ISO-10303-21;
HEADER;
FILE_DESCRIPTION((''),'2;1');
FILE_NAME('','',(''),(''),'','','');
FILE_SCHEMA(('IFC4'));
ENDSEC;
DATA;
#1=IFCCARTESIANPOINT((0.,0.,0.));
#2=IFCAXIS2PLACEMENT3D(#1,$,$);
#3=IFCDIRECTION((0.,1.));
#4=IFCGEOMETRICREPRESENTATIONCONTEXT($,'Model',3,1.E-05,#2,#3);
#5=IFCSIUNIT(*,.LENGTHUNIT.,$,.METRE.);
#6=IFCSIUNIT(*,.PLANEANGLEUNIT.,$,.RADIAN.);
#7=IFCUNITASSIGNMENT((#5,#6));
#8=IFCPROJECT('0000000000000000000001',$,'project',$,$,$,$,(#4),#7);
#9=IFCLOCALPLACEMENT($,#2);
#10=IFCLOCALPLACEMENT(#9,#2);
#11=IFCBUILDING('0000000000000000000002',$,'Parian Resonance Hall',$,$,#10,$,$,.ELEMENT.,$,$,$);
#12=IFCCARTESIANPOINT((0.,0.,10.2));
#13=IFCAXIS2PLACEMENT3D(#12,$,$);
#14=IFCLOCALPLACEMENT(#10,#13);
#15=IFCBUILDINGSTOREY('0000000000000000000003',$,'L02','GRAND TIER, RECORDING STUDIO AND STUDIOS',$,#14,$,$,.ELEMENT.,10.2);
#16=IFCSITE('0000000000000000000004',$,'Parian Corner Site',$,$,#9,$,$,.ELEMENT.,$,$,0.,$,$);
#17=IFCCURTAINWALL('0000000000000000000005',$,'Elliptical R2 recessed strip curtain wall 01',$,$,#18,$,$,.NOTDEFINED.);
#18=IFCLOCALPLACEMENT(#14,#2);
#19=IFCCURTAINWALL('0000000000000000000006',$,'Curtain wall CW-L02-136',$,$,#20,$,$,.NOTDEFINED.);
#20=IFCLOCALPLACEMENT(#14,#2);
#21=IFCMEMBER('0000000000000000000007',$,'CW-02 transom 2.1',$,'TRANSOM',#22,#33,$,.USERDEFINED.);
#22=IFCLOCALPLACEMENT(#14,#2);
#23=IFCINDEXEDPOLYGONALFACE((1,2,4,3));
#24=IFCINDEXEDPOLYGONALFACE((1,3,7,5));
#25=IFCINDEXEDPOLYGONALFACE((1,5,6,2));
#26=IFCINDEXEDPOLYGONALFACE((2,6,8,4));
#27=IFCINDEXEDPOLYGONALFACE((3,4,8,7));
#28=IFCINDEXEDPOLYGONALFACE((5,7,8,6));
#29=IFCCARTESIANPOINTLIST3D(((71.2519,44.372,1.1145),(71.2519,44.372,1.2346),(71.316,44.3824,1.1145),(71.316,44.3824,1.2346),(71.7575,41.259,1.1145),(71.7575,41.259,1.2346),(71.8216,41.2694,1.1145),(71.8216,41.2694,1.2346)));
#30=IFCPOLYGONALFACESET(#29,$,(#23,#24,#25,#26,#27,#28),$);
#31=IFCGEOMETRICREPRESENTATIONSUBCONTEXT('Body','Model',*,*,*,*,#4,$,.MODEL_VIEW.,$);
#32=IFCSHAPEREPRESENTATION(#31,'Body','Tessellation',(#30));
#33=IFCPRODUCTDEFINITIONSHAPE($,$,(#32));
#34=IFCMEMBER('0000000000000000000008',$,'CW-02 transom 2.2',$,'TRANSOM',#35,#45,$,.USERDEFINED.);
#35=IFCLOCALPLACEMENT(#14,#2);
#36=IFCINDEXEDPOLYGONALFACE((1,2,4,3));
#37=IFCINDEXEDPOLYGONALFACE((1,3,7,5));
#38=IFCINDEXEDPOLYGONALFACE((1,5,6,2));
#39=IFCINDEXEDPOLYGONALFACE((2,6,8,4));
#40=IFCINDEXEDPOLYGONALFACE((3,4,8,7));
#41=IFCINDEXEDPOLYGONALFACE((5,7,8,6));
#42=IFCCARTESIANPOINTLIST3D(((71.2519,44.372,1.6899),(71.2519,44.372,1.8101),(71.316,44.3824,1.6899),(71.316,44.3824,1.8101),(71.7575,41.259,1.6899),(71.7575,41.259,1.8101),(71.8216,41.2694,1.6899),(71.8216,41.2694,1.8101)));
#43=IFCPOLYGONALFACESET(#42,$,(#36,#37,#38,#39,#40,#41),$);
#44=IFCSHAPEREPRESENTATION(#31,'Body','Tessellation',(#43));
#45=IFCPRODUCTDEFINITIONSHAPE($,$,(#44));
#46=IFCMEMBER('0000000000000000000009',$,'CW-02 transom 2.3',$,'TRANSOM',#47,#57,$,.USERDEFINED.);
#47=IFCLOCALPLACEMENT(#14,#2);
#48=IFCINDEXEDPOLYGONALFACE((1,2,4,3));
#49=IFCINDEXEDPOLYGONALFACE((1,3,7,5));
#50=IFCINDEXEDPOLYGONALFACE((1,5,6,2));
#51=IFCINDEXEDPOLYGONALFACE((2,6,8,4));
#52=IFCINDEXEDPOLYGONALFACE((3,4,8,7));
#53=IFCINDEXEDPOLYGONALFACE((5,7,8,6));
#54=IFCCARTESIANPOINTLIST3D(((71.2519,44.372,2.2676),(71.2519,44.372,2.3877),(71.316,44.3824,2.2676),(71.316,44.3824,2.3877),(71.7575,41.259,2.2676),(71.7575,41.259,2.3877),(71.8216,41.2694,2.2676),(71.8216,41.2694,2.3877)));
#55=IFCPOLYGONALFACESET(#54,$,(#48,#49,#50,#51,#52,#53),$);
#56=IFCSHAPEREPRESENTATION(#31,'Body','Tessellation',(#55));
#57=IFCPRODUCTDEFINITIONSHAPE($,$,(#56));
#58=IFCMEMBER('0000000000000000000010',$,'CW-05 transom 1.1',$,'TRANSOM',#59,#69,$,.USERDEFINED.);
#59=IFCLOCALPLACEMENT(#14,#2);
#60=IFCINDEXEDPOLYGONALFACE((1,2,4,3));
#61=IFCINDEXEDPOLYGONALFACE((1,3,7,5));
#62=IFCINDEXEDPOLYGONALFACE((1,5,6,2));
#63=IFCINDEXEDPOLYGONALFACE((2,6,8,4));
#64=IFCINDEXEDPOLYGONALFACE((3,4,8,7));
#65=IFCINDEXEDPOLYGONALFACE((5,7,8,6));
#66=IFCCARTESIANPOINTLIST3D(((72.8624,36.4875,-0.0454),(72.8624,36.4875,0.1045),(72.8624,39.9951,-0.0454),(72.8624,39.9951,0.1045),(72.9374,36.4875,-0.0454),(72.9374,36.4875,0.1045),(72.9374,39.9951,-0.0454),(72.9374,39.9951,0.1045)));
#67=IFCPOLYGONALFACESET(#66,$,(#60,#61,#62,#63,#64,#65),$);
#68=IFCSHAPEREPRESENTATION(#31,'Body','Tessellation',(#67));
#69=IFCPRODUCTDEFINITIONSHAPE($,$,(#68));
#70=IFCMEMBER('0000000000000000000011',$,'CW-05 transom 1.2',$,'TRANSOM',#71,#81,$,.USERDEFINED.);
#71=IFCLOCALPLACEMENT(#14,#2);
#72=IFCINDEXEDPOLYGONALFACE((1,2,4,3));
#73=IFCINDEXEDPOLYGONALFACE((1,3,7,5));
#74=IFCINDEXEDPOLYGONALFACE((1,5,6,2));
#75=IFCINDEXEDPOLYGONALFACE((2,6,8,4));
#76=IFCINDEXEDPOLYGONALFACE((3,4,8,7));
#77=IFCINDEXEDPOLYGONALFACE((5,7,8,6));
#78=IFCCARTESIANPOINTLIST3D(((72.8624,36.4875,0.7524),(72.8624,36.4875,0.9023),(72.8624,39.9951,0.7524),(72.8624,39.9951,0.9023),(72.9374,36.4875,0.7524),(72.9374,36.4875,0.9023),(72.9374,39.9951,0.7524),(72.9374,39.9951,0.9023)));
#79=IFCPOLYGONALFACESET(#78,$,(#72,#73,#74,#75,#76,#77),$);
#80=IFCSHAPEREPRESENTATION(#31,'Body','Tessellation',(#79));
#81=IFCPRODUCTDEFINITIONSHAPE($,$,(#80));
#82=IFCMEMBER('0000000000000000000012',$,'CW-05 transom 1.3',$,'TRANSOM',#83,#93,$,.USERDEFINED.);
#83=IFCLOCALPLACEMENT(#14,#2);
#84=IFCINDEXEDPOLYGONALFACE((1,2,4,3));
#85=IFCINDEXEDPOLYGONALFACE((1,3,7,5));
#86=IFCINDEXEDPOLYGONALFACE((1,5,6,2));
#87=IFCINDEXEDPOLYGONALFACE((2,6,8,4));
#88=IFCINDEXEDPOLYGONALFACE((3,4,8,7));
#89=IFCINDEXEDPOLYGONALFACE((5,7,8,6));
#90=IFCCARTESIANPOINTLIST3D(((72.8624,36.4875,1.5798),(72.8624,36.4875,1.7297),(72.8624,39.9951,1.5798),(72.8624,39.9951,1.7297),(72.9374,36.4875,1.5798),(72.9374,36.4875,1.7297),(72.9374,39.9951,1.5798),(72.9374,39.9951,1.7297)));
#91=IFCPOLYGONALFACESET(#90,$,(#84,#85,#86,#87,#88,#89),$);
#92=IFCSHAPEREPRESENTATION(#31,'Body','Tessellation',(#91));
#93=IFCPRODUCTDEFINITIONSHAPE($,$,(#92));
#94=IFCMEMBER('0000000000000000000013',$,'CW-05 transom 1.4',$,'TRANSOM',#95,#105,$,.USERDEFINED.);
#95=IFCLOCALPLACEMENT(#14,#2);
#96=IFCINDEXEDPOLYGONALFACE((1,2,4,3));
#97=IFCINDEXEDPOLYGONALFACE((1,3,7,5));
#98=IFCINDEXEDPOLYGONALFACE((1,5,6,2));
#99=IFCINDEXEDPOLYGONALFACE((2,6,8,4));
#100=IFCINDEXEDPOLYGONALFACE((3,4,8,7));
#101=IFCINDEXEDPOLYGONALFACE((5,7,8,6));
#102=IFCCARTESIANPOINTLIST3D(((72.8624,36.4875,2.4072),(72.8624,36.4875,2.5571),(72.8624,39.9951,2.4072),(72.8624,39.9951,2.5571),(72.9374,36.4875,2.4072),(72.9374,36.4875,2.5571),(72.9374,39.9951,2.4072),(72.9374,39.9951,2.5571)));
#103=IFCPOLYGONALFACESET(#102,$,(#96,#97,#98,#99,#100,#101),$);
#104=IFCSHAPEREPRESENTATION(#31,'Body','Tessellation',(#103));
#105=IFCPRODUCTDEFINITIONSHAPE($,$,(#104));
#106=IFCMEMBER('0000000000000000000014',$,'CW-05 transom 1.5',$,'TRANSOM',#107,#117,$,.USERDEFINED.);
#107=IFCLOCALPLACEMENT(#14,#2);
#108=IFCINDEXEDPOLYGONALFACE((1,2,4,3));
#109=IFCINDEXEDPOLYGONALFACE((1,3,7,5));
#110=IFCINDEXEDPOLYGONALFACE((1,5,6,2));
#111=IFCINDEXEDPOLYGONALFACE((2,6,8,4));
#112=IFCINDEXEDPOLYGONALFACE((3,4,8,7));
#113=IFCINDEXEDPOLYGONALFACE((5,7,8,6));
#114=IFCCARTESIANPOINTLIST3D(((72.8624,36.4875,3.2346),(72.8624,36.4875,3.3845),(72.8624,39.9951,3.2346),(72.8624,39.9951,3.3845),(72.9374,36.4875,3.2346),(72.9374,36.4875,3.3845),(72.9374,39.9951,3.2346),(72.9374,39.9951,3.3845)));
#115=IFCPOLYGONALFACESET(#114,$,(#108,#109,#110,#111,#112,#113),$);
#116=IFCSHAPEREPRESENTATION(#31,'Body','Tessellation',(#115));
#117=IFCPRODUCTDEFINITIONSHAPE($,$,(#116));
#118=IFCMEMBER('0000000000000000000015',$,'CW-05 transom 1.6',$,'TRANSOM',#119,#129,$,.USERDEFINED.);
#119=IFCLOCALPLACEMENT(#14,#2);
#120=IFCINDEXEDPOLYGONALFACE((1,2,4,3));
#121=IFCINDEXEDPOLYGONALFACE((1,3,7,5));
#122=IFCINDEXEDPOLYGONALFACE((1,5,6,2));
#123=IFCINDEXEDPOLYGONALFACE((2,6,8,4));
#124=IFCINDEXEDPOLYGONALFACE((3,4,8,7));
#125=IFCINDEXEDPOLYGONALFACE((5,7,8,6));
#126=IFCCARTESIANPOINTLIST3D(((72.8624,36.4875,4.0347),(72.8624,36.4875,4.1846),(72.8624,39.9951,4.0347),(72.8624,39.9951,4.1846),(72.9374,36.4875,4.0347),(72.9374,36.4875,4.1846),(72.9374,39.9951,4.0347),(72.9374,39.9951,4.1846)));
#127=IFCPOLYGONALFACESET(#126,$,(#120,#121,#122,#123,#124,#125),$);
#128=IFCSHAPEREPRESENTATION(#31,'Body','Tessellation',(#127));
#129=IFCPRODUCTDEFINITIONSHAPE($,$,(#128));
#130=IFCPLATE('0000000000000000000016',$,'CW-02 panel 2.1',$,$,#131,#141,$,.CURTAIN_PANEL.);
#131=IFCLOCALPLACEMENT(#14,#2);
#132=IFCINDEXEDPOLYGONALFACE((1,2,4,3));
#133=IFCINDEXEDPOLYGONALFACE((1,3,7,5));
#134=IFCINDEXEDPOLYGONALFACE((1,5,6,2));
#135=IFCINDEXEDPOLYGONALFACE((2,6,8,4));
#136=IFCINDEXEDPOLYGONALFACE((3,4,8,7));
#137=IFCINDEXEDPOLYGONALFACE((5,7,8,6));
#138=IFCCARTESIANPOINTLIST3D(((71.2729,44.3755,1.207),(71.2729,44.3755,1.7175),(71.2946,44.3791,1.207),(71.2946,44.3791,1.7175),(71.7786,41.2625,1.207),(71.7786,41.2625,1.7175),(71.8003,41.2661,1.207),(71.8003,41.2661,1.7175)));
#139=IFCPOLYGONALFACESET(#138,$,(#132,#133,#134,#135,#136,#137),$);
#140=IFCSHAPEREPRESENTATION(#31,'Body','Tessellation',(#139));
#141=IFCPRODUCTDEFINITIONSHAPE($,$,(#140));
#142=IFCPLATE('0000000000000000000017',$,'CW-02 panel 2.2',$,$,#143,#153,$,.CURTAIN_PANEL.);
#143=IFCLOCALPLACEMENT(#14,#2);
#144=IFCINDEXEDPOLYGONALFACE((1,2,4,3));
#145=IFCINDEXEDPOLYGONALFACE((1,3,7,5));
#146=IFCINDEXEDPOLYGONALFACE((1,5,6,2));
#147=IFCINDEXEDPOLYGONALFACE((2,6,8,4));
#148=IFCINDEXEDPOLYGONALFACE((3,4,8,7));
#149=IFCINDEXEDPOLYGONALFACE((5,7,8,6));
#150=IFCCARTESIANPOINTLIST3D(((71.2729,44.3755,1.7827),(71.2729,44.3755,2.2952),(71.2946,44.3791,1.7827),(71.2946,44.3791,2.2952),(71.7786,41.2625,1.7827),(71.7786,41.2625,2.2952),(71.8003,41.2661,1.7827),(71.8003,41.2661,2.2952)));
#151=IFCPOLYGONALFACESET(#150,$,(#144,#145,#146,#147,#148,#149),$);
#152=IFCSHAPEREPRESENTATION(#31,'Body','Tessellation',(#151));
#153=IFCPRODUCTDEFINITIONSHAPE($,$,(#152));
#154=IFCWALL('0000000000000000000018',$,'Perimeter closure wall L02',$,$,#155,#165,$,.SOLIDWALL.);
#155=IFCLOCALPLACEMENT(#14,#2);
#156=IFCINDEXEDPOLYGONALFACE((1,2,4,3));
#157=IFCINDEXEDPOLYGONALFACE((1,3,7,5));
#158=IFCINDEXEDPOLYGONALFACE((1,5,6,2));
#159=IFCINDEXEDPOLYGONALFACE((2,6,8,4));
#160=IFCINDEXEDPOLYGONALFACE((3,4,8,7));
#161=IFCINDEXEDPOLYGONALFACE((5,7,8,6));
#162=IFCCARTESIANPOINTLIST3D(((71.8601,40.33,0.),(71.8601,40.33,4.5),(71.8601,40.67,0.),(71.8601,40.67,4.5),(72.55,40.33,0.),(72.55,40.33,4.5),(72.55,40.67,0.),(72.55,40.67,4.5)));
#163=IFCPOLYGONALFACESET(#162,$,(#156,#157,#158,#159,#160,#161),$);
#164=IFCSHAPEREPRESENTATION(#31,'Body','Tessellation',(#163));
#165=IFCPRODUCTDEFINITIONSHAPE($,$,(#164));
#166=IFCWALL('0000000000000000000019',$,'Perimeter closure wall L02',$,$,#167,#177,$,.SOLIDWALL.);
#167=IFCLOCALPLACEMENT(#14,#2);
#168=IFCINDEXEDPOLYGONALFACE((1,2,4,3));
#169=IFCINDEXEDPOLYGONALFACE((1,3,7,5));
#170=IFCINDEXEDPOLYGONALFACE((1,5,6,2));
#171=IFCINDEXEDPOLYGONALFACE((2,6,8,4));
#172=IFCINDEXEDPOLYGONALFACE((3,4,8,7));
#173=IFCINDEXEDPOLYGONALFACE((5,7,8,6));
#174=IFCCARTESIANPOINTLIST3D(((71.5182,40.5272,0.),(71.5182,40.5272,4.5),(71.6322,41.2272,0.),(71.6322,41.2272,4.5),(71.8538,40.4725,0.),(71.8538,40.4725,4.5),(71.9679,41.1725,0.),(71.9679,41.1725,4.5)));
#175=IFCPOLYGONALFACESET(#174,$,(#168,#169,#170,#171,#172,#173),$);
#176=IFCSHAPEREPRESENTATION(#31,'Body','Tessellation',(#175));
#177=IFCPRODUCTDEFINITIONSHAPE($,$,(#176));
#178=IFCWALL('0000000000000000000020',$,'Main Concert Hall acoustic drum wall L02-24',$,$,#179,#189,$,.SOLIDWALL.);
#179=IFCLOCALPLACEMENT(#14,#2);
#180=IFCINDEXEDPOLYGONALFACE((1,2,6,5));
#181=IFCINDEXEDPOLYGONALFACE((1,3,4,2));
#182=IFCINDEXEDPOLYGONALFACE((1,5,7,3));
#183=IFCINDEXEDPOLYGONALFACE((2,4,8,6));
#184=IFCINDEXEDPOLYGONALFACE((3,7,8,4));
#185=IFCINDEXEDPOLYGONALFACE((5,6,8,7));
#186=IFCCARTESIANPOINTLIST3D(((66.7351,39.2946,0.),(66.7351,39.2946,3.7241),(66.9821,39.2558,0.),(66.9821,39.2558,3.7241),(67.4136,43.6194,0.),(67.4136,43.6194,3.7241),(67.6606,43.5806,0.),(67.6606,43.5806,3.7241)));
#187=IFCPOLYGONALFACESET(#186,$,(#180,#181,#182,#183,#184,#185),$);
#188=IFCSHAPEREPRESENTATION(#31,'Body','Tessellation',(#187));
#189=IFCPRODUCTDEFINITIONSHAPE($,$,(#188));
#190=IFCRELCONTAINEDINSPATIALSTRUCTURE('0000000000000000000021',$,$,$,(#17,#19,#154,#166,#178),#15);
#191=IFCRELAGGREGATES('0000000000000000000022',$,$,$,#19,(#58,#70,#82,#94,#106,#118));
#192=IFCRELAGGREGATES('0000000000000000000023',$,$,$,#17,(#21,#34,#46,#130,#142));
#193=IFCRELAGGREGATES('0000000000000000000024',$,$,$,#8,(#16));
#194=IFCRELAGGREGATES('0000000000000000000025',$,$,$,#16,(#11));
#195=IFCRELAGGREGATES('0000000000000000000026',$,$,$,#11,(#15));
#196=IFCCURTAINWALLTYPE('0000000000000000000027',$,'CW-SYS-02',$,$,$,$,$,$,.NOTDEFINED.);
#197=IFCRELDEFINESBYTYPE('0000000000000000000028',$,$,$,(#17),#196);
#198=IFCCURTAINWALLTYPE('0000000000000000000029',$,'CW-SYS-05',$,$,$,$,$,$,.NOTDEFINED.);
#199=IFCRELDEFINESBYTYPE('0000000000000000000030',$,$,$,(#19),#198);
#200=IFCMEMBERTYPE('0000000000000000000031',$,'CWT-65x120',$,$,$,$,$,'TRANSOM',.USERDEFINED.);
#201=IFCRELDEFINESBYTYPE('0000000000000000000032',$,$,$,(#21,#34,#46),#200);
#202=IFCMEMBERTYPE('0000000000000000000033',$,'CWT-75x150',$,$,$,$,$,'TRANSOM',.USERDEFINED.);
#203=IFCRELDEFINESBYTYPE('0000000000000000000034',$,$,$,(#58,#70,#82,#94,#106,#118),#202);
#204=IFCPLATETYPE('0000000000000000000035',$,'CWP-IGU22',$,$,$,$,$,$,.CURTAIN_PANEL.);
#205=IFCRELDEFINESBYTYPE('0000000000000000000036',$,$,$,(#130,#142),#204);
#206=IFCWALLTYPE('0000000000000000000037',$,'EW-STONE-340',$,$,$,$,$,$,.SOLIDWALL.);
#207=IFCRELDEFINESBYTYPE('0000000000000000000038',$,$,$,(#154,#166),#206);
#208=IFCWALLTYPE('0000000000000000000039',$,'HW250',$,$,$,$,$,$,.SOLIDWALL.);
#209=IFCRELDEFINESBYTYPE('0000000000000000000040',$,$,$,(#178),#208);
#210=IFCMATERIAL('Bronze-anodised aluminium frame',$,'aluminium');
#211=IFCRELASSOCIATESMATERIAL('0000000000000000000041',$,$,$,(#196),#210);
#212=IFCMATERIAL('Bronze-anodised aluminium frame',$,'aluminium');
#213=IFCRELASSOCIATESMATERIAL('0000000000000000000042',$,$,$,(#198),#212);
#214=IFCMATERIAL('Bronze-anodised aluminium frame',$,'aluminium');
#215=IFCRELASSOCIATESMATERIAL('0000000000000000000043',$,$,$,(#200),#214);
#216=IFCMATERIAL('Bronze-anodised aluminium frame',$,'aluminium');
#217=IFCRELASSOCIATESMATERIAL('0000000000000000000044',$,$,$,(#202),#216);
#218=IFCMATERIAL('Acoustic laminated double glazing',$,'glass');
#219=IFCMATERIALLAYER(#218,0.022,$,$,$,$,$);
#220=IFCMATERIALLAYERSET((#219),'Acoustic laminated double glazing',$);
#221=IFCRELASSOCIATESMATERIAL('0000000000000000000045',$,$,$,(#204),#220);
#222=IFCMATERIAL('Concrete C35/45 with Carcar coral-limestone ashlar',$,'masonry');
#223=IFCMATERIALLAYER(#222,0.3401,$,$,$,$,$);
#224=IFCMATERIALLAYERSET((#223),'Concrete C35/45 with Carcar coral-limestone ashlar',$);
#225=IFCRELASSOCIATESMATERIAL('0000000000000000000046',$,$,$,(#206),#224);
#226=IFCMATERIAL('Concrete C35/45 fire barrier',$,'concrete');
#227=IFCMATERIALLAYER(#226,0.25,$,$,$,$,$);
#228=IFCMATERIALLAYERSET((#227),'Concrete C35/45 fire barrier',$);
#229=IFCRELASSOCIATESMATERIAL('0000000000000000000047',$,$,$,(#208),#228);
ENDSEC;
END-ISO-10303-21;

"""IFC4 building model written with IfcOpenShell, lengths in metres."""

from ifc_helpers import new_model, si_unit, direction, frame, frame_2d, origin, origin_2d, place, context, subcontext, project, spatial, rectangle, extrude, material, layer, layer_set, material_profile, profile_set, type_object, element, aggregate, save


model = new_model("IFC4")

# Units and contexts
model_context = context("Model", 3, precision=1e-05, world=origin(), true_north=direction((0.0, 1.0)))
body_context = subcontext(model_context, "Body", "Model", "MODEL_VIEW")
ifc_project = project(units=[si_unit("LENGTHUNIT", "METRE"), si_unit("PLANEANGLEUNIT", "RADIAN")], contexts=[model_context])

# Site, building, storey
site_placement = place(None, origin())
site = spatial("IfcSite", under=ifc_project, at=site_placement, Name="Parian Corner Site", CompositionType="ELEMENT", RefElevation=0.0)
building_placement = place(site_placement, origin())
building = spatial("IfcBuilding", under=site, at=building_placement, Name="Parian Resonance Hall", CompositionType="ELEMENT")
storey_placement = place(building_placement, frame((0.0, 0.0, 10.2)))
storey = spatial("IfcBuildingStorey", under=building, at=storey_placement, Name="L02", Description="GRAND TIER, RECORDING STUDIO AND STUDIOS", CompositionType="ELEMENT", Elevation=10.2)

# Curtain wall
ifc_material_1 = material(Name="Bronze-anodised aluminium frame", Category="aluminium")
curtain_wall_type_1 = type_object("IfcCurtainWallType", Name="CW-SYS-02", PredefinedType="NOTDEFINED", material=ifc_material_1)
curtain_wall_1_placement = place(storey_placement, origin())
curtain_wall_1 = element("IfcCurtainWall", 1, at=curtain_wall_1_placement, inside=storey, type_object=curtain_wall_type_1, Name="Elliptical R2 recessed strip curtain wall 01", PredefinedType="NOTDEFINED")

# Curtain wall
ifc_material_2 = material(Name="Bronze-anodised aluminium frame", Category="aluminium")
curtain_wall_type_2 = type_object("IfcCurtainWallType", Name="CW-SYS-05", PredefinedType="NOTDEFINED", material=ifc_material_2)
curtain_wall_2_placement = place(storey_placement, origin())
curtain_wall_2 = element("IfcCurtainWall", 2, at=curtain_wall_2_placement, inside=storey, type_object=curtain_wall_type_2, Name="Curtain wall CW-L02-136", PredefinedType="NOTDEFINED")

# Members
ifc_material_3 = material(Name="Bronze-anodised aluminium frame", Category="aluminium")
ifc_material_profile_1 = material_profile(ifc_material_3, rectangle(XDim=0.0649, YDim=0.1201, at=origin_2d()), Name="CWT-65x120")
ifc_profile_set_1 = profile_set([ifc_material_profile_1], Name="Bronze-anodised aluminium frame")
member_type_1 = type_object("IfcMemberType", Name="CWT-65x120", ElementType="TRANSOM", PredefinedType="USERDEFINED", material=ifc_profile_set_1)
member_1_placement = place(storey_placement, frame((71.2839, 44.3772, 1.1746), z_axis=(0.160318, -0.987065, 0.0), x_axis=(0.987065, 0.160318, 0.0)))
member_1 = element("IfcMember", 3, at=member_1_placement, type_object=member_type_1, Name="CW-02 transom 2.1", ObjectType="TRANSOM", PredefinedType="USERDEFINED", context=body_context, shape_type="SweptSolid", body=[
    extrude(rectangle(XDim=0.0649, YDim=0.1201, at=origin_2d()), origin(), (0.0, 0.0, 1.0), 3.1538),
])
member_2_placement = place(storey_placement, frame((71.2839, 44.3772, 1.75), z_axis=(0.160318, -0.987065, 0.0), x_axis=(0.987065, 0.160318, 0.0)))
member_2 = element("IfcMember", 4, at=member_2_placement, type_object=member_type_1, Name="CW-02 transom 2.2", ObjectType="TRANSOM", PredefinedType="USERDEFINED", context=body_context, shape_type="SweptSolid", body=[
    extrude(rectangle(XDim=0.0649, YDim=0.1201, at=origin_2d()), origin(), (0.0, 0.0, 1.0), 3.1538),
])
member_3_placement = place(storey_placement, frame((71.2839, 44.3772, 2.3276), z_axis=(0.160318, -0.987065, 0.0), x_axis=(0.987065, 0.160318, 0.0)))
member_3 = element("IfcMember", 5, at=member_3_placement, type_object=member_type_1, Name="CW-02 transom 2.3", ObjectType="TRANSOM", PredefinedType="USERDEFINED", context=body_context, shape_type="SweptSolid", body=[
    extrude(rectangle(XDim=0.0649, YDim=0.1201, at=origin_2d()), origin(), (0.0, 0.0, 1.0), 3.1538),
])
ifc_material_4 = material(Name="Bronze-anodised aluminium frame", Category="aluminium")
ifc_material_profile_2 = material_profile(ifc_material_4, rectangle(XDim=0.075, YDim=0.1499, at=origin_2d()), Name="CWT-75x150")
ifc_profile_set_2 = profile_set([ifc_material_profile_2], Name="Bronze-anodised aluminium frame")
member_type_2 = type_object("IfcMemberType", Name="CWT-75x150", ElementType="TRANSOM", PredefinedType="USERDEFINED", material=ifc_profile_set_2)
member_4_placement = place(storey_placement, frame((72.8999, 39.9951, 0.0295), z_axis=(0.0, -1.0, 0.0), x_axis=(1.0, 0.0, 0.0)))
member_4 = element("IfcMember", 6, at=member_4_placement, type_object=member_type_2, Name="CW-05 transom 1.1", ObjectType="TRANSOM", PredefinedType="USERDEFINED", context=body_context, shape_type="SweptSolid", body=[
    extrude(rectangle(XDim=0.075, YDim=0.1499, at=origin_2d()), origin(), (0.0, 0.0, 1.0), 3.5076),
])
member_5_placement = place(storey_placement, frame((72.8999, 39.9951, 0.8274), z_axis=(0.0, -1.0, 0.0), x_axis=(1.0, 0.0, 0.0)))
member_5 = element("IfcMember", 7, at=member_5_placement, type_object=member_type_2, Name="CW-05 transom 1.2", ObjectType="TRANSOM", PredefinedType="USERDEFINED", context=body_context, shape_type="SweptSolid", body=[
    extrude(rectangle(XDim=0.075, YDim=0.1499, at=origin_2d()), origin(), (0.0, 0.0, 1.0), 3.5076),
])
member_6_placement = place(storey_placement, frame((72.8999, 39.9951, 1.6548), z_axis=(0.0, -1.0, 0.0), x_axis=(1.0, 0.0, 0.0)))
member_6 = element("IfcMember", 8, at=member_6_placement, type_object=member_type_2, Name="CW-05 transom 1.3", ObjectType="TRANSOM", PredefinedType="USERDEFINED", context=body_context, shape_type="SweptSolid", body=[
    extrude(rectangle(XDim=0.075, YDim=0.1499, at=origin_2d()), origin(), (0.0, 0.0, 1.0), 3.5076),
])
member_7_placement = place(storey_placement, frame((72.8999, 39.9951, 2.4822), z_axis=(0.0, -1.0, 0.0), x_axis=(1.0, 0.0, 0.0)))
member_7 = element("IfcMember", 9, at=member_7_placement, type_object=member_type_2, Name="CW-05 transom 1.4", ObjectType="TRANSOM", PredefinedType="USERDEFINED", context=body_context, shape_type="SweptSolid", body=[
    extrude(rectangle(XDim=0.075, YDim=0.1499, at=origin_2d()), origin(), (0.0, 0.0, 1.0), 3.5076),
])
member_8_placement = place(storey_placement, frame((72.8999, 39.9951, 3.3096), z_axis=(0.0, -1.0, 0.0), x_axis=(1.0, 0.0, 0.0)))
member_8 = element("IfcMember", 10, at=member_8_placement, type_object=member_type_2, Name="CW-05 transom 1.5", ObjectType="TRANSOM", PredefinedType="USERDEFINED", context=body_context, shape_type="SweptSolid", body=[
    extrude(rectangle(XDim=0.075, YDim=0.1499, at=origin_2d()), origin(), (0.0, 0.0, 1.0), 3.5076),
])
member_9_placement = place(storey_placement, frame((72.8999, 39.9951, 4.1096), z_axis=(0.0, -1.0, 0.0), x_axis=(1.0, 0.0, 0.0)))
member_9 = element("IfcMember", 11, at=member_9_placement, type_object=member_type_2, Name="CW-05 transom 1.6", ObjectType="TRANSOM", PredefinedType="USERDEFINED", context=body_context, shape_type="SweptSolid", body=[
    extrude(rectangle(XDim=0.075, YDim=0.1499, at=origin_2d()), origin(), (0.0, 0.0, 1.0), 3.5076),
])
aggregate(curtain_wall_2, [member_4, member_5, member_6, member_7, member_8, member_9])

# Plates
ifc_material_5 = material(Name="Acoustic laminated double glazing", Category="glass")
ifc_layer_1 = layer(ifc_material_5, 0.022)
ifc_layer_set_1 = layer_set([ifc_layer_1], Name="Acoustic laminated double glazing")
plate_type = type_object("IfcPlateType", Name="CWP-IGU22", PredefinedType="CURTAIN_PANEL", material=ifc_layer_set_1)
plate_1_placement = place(storey_placement, frame((71.5366, 42.8208, 1.207), z_axis=(0.0, 0.0, 1.0), x_axis=(0.160345, -0.987061, 0.0)))
plate_1 = element("IfcPlate", 12, at=plate_1_placement, type_object=plate_type, Name="CW-02 panel 2.1", PredefinedType="CURTAIN_PANEL", context=body_context, shape_type="SweptSolid", body=[
    extrude(rectangle(XDim=3.1538, YDim=0.022, at=origin_2d()), origin(), (0.0, 0.0, 1.0), 0.5105),
])
plate_2_placement = place(storey_placement, frame((71.5366, 42.8208, 1.7827), z_axis=(0.0, 0.0, 1.0), x_axis=(0.160345, -0.987061, 0.0)))
plate_2 = element("IfcPlate", 13, at=plate_2_placement, type_object=plate_type, Name="CW-02 panel 2.2", PredefinedType="CURTAIN_PANEL", context=body_context, shape_type="SweptSolid", body=[
    extrude(rectangle(XDim=3.1538, YDim=0.022, at=origin_2d()), origin(), (0.0, 0.0, 1.0), 0.5125),
])
aggregate(curtain_wall_1, [member_1, member_2, member_3, plate_1, plate_2])

# Walls
ifc_material_6 = material(Name="Concrete C35/45 with Carcar coral-limestone ashlar", Category="masonry")
ifc_layer_2 = layer(ifc_material_6, 0.3401)
ifc_layer_set_2 = layer_set([ifc_layer_2], Name="Concrete C35/45 with Carcar coral-limestone ashlar")
wall_type_1 = type_object("IfcWallType", Name="EW-STONE-340", PredefinedType="SOLIDWALL", material=ifc_layer_set_2)
wall_1_placement = place(storey_placement, frame((72.55, 40.5, 0.0), z_axis=(0.0, 0.0, 1.0), x_axis=(-1.0, 0.0, 0.0)))
element("IfcWall", 14, at=wall_1_placement, inside=storey, type_object=wall_type_1, Name="Perimeter closure wall L02", PredefinedType="SOLIDWALL", context=body_context, shape_type="SweptSolid", body=[
    extrude(rectangle(XDim=0.6899, YDim=0.3401, at=frame_2d((0.345, 0.0))), origin(), (0.0, 0.0, 1.0), 4.5),
])
wall_2_placement = place(storey_placement, frame((71.686, 40.5, 0.0), z_axis=(0.0, 0.0, 1.0), x_axis=(0.160769, 0.986992, 0.0)))
element("IfcWall", 15, at=wall_2_placement, inside=storey, type_object=wall_type_1, Name="Perimeter closure wall L02", PredefinedType="SOLIDWALL", context=body_context, shape_type="SweptSolid", body=[
    extrude(rectangle(XDim=0.7092, YDim=0.3401, at=frame_2d((0.3545, 0.0))), origin(), (0.0, 0.0, 1.0), 4.5),
])
ifc_material_7 = material(Name="Concrete C35/45 fire barrier", Category="concrete")
ifc_layer_3 = layer(ifc_material_7, 0.25)
ifc_layer_set_3 = layer_set([ifc_layer_3], Name="Concrete C35/45 fire barrier")
wall_type_2 = type_object("IfcWallType", Name="HW250", PredefinedType="SOLIDWALL", material=ifc_layer_set_3)
wall_3_placement = place(storey_placement, frame((67.5371, 43.6001, 0.0), z_axis=(0.0, 0.0, 1.0), x_axis=(-0.154986, -0.987917, 0.0)))
element("IfcWall", 16, at=wall_3_placement, inside=storey, type_object=wall_type_2, Name="Main Concert Hall acoustic drum wall L02-24", PredefinedType="SOLIDWALL", context=body_context, shape_type="SweptSolid", body=[
    extrude(rectangle(XDim=4.3777, YDim=0.25, at=frame_2d((2.189, 0.0))), origin(), (0.0, 0.0, 1.0), 3.7241),
])

save(model, "model.ifc")
